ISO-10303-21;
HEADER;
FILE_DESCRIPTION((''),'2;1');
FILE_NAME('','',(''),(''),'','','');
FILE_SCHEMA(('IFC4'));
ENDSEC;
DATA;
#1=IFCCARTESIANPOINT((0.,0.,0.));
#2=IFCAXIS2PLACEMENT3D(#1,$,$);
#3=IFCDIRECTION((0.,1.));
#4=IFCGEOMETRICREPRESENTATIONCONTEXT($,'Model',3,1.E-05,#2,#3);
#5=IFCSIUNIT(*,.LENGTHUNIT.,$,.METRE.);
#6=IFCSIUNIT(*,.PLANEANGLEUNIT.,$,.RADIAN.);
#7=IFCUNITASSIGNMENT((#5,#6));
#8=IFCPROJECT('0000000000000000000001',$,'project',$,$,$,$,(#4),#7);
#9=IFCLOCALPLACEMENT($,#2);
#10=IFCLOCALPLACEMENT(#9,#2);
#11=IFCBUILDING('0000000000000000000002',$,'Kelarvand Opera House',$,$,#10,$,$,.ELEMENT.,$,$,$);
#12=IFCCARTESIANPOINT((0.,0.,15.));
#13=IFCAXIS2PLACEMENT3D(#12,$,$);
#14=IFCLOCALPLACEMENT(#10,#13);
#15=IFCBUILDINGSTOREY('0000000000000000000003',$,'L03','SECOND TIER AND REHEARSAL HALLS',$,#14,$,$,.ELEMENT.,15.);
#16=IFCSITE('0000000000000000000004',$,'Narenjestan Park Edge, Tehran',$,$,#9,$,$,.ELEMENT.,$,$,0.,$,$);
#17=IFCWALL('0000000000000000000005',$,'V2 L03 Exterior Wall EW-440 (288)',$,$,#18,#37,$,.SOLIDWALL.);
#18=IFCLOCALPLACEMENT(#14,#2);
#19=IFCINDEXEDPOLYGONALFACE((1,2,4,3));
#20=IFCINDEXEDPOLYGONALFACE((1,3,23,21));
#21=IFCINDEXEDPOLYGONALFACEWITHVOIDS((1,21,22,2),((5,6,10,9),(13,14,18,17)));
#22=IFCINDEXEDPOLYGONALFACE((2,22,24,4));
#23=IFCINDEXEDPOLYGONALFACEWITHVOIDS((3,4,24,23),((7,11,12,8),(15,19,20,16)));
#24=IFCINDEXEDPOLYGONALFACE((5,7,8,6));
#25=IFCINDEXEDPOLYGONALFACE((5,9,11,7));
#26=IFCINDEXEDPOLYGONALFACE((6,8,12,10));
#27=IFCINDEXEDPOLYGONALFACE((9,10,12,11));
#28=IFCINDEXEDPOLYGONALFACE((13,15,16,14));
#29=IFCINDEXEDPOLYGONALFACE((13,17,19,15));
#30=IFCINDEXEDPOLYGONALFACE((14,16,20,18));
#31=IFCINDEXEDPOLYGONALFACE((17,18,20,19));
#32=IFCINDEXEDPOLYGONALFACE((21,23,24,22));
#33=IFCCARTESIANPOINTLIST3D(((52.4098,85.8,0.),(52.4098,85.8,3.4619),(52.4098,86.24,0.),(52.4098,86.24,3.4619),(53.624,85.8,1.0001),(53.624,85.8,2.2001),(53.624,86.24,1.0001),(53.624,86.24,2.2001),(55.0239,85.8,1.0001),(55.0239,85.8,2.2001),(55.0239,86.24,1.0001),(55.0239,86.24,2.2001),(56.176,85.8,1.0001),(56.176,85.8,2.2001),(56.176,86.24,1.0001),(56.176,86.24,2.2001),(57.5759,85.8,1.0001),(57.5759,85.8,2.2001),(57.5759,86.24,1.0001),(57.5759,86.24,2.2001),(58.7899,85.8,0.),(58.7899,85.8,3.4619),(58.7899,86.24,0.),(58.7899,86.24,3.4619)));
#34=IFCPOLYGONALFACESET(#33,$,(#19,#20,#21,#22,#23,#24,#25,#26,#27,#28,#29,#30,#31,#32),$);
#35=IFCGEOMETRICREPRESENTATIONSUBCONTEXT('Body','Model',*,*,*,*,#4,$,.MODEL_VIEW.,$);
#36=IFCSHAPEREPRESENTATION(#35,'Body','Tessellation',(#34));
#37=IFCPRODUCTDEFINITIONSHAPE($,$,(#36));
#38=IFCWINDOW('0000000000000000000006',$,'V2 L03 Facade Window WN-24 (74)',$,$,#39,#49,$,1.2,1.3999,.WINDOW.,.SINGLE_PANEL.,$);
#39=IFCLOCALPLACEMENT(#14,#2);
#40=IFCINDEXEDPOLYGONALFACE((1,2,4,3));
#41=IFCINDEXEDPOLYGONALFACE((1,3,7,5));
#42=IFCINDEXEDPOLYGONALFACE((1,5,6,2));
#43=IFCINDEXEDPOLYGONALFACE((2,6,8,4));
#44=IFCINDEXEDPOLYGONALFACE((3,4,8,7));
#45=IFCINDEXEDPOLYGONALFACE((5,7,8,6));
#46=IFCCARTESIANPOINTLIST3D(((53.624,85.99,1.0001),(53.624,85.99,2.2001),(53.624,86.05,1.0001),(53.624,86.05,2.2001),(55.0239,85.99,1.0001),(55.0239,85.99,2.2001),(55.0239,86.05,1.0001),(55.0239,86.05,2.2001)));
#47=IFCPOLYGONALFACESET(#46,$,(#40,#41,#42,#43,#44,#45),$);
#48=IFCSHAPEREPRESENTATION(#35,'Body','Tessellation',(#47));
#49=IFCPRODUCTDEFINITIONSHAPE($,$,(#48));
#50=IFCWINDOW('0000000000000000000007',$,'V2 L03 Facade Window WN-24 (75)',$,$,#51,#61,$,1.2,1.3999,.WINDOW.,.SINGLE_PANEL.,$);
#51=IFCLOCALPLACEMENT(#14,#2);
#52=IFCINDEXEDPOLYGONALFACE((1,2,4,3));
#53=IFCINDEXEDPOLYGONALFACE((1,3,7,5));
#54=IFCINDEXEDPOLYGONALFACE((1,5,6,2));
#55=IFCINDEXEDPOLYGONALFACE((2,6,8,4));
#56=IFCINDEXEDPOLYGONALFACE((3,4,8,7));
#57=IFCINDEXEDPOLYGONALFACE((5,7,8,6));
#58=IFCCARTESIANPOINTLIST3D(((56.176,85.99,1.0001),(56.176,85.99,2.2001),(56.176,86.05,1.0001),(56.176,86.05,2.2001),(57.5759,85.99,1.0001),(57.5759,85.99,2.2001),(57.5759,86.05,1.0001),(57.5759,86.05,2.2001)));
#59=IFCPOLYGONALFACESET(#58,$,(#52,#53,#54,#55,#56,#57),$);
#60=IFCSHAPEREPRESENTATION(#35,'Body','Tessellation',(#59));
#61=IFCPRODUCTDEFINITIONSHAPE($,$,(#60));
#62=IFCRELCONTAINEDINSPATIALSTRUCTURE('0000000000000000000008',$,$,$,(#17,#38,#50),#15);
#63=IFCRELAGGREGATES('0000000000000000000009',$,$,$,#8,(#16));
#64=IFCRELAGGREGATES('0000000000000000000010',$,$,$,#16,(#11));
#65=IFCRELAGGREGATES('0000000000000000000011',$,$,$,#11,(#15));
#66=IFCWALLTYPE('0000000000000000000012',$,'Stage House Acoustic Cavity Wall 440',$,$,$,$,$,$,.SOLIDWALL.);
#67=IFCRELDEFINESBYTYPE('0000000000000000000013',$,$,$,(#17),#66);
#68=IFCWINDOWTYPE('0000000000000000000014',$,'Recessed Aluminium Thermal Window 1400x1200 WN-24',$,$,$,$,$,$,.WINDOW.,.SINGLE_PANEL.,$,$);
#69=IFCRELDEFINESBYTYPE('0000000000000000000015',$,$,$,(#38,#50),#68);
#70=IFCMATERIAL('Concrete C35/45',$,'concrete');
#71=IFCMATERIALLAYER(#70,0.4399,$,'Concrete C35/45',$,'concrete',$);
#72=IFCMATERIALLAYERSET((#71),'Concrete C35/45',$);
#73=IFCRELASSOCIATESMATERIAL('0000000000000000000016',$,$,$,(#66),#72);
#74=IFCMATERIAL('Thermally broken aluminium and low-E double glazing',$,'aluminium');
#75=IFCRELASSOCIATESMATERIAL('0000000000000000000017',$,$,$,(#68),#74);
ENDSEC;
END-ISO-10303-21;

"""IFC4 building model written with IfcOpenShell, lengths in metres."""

from ifc_helpers import new_model, si_unit, direction, frame, frame_2d, origin, place, context, subcontext, project, spatial, rectangle, extrude, material, layer, layer_set, type_object, element, fill, save


model = new_model("IFC4")

# Units and contexts
model_context = context("Model", 3, precision=1e-05, world=origin(), true_north=direction((0.0, 1.0)))
body_context = subcontext(model_context, "Body", "Model", "MODEL_VIEW")
ifc_project = project(units=[si_unit("LENGTHUNIT", "METRE"), si_unit("PLANEANGLEUNIT", "RADIAN")], contexts=[model_context])

# Site, building, storey
site_placement = place(None, origin())
site = spatial("IfcSite", under=ifc_project, at=site_placement, Name="Narenjestan Park Edge, Tehran", CompositionType="ELEMENT", RefElevation=0.0)
building_placement = place(site_placement, origin())
building = spatial("IfcBuilding", under=site, at=building_placement, Name="Kelarvand Opera House", CompositionType="ELEMENT")
storey_placement = place(building_placement, frame((0.0, 0.0, 15.0)))
storey = spatial("IfcBuildingStorey", under=building, at=storey_placement, Name="L03", Description="SECOND TIER AND REHEARSAL HALLS", CompositionType="ELEMENT", Elevation=15.0)

# Shared definitions
ifc_material_1 = material(Name="Concrete C35/45", Category="concrete")

# Shared definitions
ifc_layer_1 = layer(ifc_material_1, 0.4399, Name="Concrete C35/45", Category="concrete")
ifc_layer_set_1 = layer_set([ifc_layer_1], Name="Concrete C35/45")
wall_type_1 = type_object("IfcWallType", Name="Stage House Acoustic Cavity Wall 440", PredefinedType="SOLIDWALL", material=ifc_layer_set_1)
ifc_material_2 = material(Name="Thermally broken aluminium and low-E double glazing", Category="aluminium")

# Wall, openings, windows
wall_1_placement = place(storey_placement, frame((52.4099, 86.02, 0.0), z_axis=(0.0, 0.0, 1.0), x_axis=(1.0, 0.0, 0.0)))
wall_1 = element("IfcWall", 1, at=wall_1_placement, inside=storey, type_object=wall_type_1, Name="V2 L03 Exterior Wall EW-440 (288)", PredefinedType="SOLIDWALL", context=body_context, shape_type="SweptSolid", body=[
    extrude(rectangle(XDim=6.3801, YDim=0.4399, at=frame_2d((3.1899, 0.0))), origin(), (0.0, 0.0, 1.0), 3.4619),
])
opening_1_placement = place(wall_1_placement, frame((1.2141, 0.0, 1.0)))
opening_1 = element("IfcOpeningElement", 2, at=opening_1_placement, cuts=wall_1, PredefinedType="OPENING", context=body_context, shape_type="SweptSolid", body=[
    extrude(rectangle(XDim=1.3999, YDim=1.2, at=frame_2d((0.7, 0.6001))), frame((0.0, 0.23, 0.0), z_axis=(0.0, -1.0, 0.0), x_axis=(1.0, 0.0, 0.0)), (0.0, 0.0, 1.0), 0.46),
])
opening_2_placement = place(wall_1_placement, frame((3.7661, 0.0, 1.0)))
opening_2 = element("IfcOpeningElement", 3, at=opening_2_placement, cuts=wall_1, PredefinedType="OPENING", context=body_context, shape_type="SweptSolid", body=[
    extrude(rectangle(XDim=1.3999, YDim=1.2, at=frame_2d((0.7, 0.6001))), frame((0.0, 0.23, 0.0), z_axis=(0.0, -1.0, 0.0), x_axis=(1.0, 0.0, 0.0)), (0.0, 0.0, 1.0), 0.46),
])
window_type_1 = type_object("IfcWindowType", Name="Recessed Aluminium Thermal Window 1400x1200 WN-24", PartitioningType="SINGLE_PANEL", PredefinedType="WINDOW", material=ifc_material_2)
window_1_placement = place(opening_1_placement, origin())
window_1 = element("IfcWindow", 4, at=window_1_placement, inside=storey, type_object=window_type_1, Name="V2 L03 Facade Window WN-24 (74)", OverallHeight=1.2, OverallWidth=1.3999, PartitioningType="SINGLE_PANEL", PredefinedType="WINDOW", context=body_context, shape_type="SweptSolid", body=[
    extrude(rectangle(XDim=1.3999, YDim=1.2, at=frame_2d((0.7, 0.6001))), frame((0.0, 0.03, 0.0), z_axis=(0.0, -1.0, 0.0), x_axis=(1.0, 0.0, 0.0)), (0.0, 0.0, 1.0), 0.0601),
])
fill(opening_1, window_1)
window_2_placement = place(opening_2_placement, origin())
window_2 = element("IfcWindow", 5, at=window_2_placement, inside=storey, type_object=window_type_1, Name="V2 L03 Facade Window WN-24 (75)", OverallHeight=1.2, OverallWidth=1.3999, PartitioningType="SINGLE_PANEL", PredefinedType="WINDOW", context=body_context, shape_type="SweptSolid", body=[
    extrude(rectangle(XDim=1.3999, YDim=1.2, at=frame_2d((0.7, 0.6001))), frame((0.0, 0.03, 0.0), z_axis=(0.0, -1.0, 0.0), x_axis=(1.0, 0.0, 0.0)), (0.0, 0.0, 1.0), 0.0601),
])
fill(opening_2, window_2)

save(model, "model.ifc")
